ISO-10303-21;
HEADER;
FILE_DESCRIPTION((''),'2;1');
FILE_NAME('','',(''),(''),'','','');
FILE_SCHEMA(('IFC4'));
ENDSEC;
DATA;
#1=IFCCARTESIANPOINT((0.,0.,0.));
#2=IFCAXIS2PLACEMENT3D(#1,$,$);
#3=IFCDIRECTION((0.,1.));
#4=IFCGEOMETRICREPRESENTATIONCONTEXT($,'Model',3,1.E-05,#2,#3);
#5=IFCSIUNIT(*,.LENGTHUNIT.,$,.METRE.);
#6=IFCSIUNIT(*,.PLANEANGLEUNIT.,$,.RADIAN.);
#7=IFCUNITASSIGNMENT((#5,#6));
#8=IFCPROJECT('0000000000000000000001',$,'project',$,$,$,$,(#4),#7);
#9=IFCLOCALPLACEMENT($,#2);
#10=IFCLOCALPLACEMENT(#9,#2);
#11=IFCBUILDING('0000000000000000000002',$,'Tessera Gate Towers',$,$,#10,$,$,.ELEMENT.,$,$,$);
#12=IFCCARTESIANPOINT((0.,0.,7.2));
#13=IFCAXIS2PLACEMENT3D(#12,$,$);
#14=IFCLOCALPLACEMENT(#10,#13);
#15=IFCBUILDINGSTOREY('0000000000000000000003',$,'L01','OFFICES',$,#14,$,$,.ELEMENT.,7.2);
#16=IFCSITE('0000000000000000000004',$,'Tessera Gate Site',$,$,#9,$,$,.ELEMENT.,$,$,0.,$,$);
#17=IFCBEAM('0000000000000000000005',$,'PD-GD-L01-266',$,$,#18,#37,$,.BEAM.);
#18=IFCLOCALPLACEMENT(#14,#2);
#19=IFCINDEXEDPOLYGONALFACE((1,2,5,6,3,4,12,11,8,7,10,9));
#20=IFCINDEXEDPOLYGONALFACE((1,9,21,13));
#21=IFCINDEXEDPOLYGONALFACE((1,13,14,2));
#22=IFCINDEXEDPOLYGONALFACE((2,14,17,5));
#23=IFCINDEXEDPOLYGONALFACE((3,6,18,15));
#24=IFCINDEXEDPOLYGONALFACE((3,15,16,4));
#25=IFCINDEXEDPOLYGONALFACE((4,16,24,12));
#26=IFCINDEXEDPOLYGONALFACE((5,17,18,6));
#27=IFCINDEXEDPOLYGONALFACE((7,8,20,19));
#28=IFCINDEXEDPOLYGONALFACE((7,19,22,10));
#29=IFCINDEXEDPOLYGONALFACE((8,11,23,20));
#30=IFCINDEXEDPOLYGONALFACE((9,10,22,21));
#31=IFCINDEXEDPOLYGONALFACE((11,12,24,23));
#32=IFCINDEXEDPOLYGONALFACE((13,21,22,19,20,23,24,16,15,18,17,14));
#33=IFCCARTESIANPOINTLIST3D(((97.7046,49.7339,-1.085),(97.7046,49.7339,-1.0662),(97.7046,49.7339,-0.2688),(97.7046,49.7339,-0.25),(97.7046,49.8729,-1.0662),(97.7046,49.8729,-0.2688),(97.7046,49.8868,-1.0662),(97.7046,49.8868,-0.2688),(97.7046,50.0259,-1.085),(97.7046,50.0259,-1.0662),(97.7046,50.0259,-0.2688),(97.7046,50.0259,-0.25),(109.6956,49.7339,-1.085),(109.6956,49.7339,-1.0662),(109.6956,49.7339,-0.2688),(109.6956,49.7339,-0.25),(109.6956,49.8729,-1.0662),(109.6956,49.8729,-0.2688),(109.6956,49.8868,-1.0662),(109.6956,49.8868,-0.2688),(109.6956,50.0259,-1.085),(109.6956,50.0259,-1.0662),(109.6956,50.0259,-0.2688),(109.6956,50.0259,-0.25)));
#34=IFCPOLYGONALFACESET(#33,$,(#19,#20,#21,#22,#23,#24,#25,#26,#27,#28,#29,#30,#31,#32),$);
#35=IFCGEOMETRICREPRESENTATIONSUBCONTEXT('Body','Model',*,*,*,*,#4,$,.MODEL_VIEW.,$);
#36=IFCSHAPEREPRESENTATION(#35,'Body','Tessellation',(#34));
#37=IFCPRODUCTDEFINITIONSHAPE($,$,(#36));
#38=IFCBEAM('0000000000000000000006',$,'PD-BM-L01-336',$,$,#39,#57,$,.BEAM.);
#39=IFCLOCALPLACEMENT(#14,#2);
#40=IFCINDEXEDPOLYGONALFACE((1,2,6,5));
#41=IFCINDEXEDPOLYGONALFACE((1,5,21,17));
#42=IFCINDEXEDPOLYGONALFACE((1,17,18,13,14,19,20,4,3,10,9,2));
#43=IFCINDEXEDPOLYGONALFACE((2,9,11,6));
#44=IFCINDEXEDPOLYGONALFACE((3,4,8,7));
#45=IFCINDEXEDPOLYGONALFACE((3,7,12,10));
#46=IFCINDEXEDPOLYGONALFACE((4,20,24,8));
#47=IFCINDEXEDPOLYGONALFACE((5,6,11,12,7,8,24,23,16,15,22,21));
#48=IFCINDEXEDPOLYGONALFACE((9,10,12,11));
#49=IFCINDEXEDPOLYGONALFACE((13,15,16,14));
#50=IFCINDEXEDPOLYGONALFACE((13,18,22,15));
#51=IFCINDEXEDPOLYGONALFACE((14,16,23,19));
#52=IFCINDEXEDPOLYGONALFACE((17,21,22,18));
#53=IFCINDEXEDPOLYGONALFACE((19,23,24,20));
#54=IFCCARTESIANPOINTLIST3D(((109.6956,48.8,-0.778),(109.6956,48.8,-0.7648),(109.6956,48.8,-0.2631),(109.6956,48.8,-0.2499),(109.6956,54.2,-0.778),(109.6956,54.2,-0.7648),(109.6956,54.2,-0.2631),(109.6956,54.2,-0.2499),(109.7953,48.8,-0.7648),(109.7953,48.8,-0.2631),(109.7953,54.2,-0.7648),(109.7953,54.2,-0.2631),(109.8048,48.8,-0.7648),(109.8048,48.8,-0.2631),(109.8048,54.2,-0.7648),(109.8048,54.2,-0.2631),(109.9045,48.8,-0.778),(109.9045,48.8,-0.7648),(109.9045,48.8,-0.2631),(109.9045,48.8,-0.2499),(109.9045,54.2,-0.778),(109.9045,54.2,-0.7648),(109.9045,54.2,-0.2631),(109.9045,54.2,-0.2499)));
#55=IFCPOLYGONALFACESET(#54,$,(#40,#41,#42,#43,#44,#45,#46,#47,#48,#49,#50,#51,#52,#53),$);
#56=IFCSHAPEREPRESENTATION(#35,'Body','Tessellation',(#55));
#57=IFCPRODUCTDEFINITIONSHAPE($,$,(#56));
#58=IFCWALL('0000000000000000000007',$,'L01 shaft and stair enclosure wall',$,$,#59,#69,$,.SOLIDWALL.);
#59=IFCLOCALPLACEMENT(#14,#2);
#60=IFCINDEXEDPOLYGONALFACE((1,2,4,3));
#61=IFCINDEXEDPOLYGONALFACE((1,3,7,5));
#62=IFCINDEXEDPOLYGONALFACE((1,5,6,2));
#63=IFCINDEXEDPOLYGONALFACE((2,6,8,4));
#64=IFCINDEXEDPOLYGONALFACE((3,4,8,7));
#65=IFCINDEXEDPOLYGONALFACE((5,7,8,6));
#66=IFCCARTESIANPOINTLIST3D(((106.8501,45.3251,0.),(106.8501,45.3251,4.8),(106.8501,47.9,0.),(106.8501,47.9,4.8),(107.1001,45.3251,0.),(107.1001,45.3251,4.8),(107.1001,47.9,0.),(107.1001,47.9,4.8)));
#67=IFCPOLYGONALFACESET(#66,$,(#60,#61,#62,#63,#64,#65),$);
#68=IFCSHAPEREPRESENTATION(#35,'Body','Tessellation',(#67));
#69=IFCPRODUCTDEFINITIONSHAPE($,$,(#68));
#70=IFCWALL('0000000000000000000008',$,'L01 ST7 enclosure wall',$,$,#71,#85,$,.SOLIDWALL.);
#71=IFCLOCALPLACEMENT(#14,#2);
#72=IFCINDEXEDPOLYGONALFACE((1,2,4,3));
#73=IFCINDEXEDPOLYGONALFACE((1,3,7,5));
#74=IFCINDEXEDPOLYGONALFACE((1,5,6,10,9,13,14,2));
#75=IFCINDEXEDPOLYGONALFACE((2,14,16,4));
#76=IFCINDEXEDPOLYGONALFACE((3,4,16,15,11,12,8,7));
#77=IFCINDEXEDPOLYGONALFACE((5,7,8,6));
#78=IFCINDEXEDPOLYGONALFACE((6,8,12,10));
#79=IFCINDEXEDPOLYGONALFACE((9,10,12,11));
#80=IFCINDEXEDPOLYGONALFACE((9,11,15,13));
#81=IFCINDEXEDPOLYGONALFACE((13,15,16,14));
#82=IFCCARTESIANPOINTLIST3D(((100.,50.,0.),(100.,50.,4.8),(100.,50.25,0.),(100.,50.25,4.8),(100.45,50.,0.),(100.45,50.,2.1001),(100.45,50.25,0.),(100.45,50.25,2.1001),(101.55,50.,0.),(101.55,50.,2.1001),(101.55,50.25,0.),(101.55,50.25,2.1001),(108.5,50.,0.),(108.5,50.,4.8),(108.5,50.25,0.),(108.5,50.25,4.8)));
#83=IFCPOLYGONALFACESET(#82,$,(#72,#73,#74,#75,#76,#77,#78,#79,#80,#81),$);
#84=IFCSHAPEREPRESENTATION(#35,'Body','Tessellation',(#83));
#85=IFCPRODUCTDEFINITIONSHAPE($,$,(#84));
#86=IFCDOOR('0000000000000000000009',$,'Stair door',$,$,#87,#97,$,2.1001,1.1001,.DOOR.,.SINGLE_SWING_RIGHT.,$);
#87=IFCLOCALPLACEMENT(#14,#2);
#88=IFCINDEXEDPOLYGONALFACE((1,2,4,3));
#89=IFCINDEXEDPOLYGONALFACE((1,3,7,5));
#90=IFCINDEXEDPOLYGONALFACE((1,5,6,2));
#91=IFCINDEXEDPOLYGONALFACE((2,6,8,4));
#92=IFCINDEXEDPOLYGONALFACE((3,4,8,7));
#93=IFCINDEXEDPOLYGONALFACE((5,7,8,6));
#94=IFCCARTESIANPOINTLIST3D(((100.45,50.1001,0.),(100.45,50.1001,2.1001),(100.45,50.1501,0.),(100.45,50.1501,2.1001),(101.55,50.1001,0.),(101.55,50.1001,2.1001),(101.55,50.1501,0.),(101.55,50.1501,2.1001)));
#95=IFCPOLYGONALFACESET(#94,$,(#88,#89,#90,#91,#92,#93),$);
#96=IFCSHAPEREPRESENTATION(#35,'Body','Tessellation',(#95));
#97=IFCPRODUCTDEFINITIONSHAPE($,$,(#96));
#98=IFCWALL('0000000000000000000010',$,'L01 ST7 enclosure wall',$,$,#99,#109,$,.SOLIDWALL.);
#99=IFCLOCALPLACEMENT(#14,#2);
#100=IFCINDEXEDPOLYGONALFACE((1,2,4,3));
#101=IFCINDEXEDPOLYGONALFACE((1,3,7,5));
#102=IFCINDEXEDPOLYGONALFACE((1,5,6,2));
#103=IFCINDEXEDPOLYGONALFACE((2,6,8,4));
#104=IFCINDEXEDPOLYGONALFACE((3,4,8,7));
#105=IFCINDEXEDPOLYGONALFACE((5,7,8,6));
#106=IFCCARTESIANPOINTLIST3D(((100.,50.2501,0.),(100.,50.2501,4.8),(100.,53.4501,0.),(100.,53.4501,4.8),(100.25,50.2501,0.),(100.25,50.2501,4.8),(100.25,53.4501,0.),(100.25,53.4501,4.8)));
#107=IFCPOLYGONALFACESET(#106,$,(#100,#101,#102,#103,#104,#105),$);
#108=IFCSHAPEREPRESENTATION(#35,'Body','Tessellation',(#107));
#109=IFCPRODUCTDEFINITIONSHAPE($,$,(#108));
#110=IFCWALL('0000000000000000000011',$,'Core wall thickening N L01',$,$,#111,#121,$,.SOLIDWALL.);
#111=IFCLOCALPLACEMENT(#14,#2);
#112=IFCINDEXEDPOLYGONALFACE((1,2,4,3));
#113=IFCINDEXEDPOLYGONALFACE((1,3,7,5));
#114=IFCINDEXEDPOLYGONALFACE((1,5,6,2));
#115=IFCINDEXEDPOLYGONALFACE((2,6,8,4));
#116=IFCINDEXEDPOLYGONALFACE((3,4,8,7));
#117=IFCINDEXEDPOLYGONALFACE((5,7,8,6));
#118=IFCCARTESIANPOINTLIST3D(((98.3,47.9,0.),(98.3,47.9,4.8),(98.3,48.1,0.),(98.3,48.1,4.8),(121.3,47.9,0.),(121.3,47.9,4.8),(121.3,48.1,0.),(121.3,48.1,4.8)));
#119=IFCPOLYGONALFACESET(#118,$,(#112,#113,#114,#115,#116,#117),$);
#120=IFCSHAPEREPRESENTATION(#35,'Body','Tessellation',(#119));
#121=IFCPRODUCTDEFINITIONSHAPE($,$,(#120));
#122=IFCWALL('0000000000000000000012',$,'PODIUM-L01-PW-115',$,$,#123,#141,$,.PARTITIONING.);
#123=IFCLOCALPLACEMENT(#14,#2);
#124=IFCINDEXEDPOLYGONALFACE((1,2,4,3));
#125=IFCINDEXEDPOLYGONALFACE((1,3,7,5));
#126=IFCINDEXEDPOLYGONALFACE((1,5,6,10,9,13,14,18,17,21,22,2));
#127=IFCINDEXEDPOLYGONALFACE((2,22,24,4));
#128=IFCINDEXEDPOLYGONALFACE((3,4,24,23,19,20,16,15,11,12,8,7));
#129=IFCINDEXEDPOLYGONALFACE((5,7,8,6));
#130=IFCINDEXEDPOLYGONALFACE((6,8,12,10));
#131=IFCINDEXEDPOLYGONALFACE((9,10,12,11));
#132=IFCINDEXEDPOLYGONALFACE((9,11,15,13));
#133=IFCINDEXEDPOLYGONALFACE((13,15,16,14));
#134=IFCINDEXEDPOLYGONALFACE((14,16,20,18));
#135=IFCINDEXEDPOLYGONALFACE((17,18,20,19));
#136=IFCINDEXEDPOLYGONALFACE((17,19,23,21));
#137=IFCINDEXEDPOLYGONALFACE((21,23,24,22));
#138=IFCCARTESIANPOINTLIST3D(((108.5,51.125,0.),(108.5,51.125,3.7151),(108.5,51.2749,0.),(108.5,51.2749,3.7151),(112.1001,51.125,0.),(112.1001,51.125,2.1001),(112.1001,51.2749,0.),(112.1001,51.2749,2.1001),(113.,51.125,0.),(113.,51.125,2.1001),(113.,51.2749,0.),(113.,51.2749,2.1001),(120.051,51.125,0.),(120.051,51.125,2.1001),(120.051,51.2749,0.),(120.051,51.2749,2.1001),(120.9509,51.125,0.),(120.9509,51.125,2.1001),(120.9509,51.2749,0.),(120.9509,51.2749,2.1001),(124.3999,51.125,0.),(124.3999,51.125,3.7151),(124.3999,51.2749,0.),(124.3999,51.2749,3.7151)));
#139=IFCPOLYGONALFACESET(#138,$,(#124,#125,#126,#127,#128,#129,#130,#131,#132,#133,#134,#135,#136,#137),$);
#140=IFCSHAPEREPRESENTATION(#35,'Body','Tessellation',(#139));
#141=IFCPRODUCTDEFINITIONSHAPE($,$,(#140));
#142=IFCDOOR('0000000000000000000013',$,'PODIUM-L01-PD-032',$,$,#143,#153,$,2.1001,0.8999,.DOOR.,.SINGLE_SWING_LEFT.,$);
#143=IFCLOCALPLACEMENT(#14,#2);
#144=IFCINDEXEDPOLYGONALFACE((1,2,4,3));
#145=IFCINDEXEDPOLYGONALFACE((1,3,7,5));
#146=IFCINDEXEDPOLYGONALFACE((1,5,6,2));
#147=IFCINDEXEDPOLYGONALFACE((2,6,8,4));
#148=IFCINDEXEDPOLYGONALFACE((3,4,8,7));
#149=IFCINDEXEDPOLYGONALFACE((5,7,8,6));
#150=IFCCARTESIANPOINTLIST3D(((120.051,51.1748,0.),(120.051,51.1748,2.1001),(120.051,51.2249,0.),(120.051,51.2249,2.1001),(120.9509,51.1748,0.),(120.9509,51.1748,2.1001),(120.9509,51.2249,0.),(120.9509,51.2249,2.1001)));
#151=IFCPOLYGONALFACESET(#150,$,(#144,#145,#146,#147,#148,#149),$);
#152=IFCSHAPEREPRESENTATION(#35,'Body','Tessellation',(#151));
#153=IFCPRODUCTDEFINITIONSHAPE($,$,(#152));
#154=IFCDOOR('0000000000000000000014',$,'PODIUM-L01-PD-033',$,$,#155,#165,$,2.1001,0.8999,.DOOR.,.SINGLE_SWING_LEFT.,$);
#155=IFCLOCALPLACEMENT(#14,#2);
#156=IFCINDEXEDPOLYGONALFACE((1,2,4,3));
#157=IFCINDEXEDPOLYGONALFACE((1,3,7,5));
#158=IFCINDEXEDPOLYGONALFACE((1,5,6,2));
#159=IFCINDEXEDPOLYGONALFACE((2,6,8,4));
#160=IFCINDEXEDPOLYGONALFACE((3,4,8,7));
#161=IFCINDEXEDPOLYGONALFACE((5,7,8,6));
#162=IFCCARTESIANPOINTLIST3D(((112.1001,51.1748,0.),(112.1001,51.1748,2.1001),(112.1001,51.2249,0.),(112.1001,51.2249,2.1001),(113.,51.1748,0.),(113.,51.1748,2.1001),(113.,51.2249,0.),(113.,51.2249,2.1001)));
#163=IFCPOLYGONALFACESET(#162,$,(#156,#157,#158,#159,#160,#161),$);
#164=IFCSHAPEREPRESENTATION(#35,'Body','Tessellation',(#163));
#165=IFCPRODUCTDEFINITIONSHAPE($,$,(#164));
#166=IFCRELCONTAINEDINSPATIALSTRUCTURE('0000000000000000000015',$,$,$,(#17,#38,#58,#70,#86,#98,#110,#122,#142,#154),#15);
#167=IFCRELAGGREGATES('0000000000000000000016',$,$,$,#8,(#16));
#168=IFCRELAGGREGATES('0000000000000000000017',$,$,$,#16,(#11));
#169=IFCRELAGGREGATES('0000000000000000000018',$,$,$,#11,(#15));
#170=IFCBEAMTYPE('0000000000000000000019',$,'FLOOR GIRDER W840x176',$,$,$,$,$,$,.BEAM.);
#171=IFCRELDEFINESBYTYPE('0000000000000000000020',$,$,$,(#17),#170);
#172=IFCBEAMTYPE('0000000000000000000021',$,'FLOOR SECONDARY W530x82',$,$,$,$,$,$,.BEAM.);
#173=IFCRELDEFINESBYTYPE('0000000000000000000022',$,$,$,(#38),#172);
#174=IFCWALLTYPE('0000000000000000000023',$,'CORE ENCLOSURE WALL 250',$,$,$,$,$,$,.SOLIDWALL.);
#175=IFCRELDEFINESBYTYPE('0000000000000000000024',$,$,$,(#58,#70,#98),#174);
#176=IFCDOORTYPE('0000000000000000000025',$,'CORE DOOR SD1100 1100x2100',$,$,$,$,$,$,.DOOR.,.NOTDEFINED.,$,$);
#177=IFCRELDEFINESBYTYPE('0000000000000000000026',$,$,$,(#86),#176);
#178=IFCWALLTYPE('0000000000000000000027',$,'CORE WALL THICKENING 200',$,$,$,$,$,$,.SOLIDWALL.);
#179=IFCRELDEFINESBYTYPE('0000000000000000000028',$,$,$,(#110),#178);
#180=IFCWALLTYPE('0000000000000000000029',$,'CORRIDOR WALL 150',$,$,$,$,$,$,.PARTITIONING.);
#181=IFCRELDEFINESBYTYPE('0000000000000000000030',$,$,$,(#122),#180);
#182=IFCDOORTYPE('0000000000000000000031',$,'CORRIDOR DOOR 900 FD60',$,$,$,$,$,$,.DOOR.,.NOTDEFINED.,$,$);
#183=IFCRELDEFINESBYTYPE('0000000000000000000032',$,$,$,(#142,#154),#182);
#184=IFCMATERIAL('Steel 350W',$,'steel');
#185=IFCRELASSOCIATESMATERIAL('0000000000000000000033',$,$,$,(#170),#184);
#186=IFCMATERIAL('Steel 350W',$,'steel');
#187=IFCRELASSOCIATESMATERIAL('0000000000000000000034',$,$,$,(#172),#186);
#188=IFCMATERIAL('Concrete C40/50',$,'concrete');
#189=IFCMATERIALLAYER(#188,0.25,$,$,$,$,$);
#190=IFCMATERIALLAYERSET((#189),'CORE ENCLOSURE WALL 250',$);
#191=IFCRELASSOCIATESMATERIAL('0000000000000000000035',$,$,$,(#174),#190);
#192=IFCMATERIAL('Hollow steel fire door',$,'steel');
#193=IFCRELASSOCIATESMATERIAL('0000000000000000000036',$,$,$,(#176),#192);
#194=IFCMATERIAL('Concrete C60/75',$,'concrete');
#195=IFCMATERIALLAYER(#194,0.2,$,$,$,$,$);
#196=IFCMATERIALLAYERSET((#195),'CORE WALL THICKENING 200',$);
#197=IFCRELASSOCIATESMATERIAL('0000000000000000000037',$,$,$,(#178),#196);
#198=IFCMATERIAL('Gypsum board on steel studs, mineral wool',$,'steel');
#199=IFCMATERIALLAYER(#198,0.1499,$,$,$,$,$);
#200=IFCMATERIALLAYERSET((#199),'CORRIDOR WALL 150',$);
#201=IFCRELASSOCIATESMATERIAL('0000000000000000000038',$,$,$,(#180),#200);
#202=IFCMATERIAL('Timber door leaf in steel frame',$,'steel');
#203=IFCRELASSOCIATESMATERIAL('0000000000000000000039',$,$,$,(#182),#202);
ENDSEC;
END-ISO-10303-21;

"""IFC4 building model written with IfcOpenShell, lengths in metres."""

from ifc_helpers import new_model, si_unit, direction, frame, frame_2d, origin, origin_2d, place, context, subcontext, project, spatial, rectangle, i_section, extrude, source, transform, mapped, material, layer, layer_set, material_profile, profile_set, type_object, element, fill, save


model = new_model("IFC4")

# Units and contexts
model_context = context("Model", 3, precision=1e-05, world=origin(), true_north=direction((0.0, 1.0)))
body_context = subcontext(model_context, "Body", "Model", "MODEL_VIEW")
ifc_project = project(units=[si_unit("LENGTHUNIT", "METRE"), si_unit("PLANEANGLEUNIT", "RADIAN")], contexts=[model_context])

# Site, building, storey
site_placement = place(None, origin())
site = spatial("IfcSite", under=ifc_project, at=site_placement, Name="Tessera Gate Site", CompositionType="ELEMENT", RefElevation=0.0)
building_placement = place(site_placement, origin())
building = spatial("IfcBuilding", under=site, at=building_placement, Name="Tessera Gate Towers", CompositionType="ELEMENT")
storey_placement = place(building_placement, frame((0.0, 0.0, 7.2)))
storey = spatial("IfcBuildingStorey", under=building, at=storey_placement, Name="L01", Description="OFFICES", CompositionType="ELEMENT", Elevation=7.2)

# Beams
ifc_material_1 = material(Name="Steel 350W", Category="steel")
ifc_material_profile_1 = material_profile(ifc_material_1, i_section(OverallWidth=0.292, OverallDepth=0.835, WebThickness=0.0139, FlangeThickness=0.0188, at=origin_2d()), Name="W840x176")
ifc_profile_set_1 = profile_set([ifc_material_profile_1], Name="Steel 350W")
beam_type_1 = type_object("IfcBeamType", Name="FLOOR GIRDER W840x176", PredefinedType="BEAM", material=ifc_profile_set_1)
beam_1_placement = place(storey_placement, frame((97.7046, 49.8799, -0.6675), z_axis=(1.0, 0.0, 0.0), x_axis=(0.0, 1.0, 0.0)))
element("IfcBeam", 1, at=beam_1_placement, inside=storey, type_object=beam_type_1, Name="PD-GD-L01-266", PredefinedType="BEAM", context=body_context, shape_type="SweptSolid", body=[
    extrude(i_section(OverallWidth=0.292, OverallDepth=0.835, WebThickness=0.0139, FlangeThickness=0.0188, at=origin_2d()), origin(), (0.0, 0.0, 1.0), 11.991),
])
ifc_material_2 = material(Name="Steel 350W", Category="steel")
ifc_material_profile_2 = material_profile(ifc_material_2, i_section(OverallWidth=0.209, OverallDepth=0.5281, WebThickness=0.0095, FlangeThickness=0.0132, at=origin_2d()), Name="W530x82")
ifc_profile_set_2 = profile_set([ifc_material_profile_2], Name="Steel 350W")
beam_type_2 = type_object("IfcBeamType", Name="FLOOR SECONDARY W530x82", PredefinedType="BEAM", material=ifc_profile_set_2)
beam_2_placement = place(storey_placement, frame((109.8, 48.8, -0.5139), z_axis=(0.0, 1.0, 0.0), x_axis=(-1.0, 0.0, 0.0)))
element("IfcBeam", 2, at=beam_2_placement, inside=storey, type_object=beam_type_2, Name="PD-BM-L01-336", PredefinedType="BEAM", context=body_context, shape_type="SweptSolid", body=[
    extrude(i_section(OverallWidth=0.209, OverallDepth=0.5281, WebThickness=0.0095, FlangeThickness=0.0132, at=origin_2d()), origin(), (0.0, 0.0, 1.0), 5.3999),
])

# Wall
ifc_material_3 = material(Name="Concrete C40/50", Category="concrete")
ifc_layer_1 = layer(ifc_material_3, 0.25)
ifc_layer_set_1 = layer_set([ifc_layer_1], Name="CORE ENCLOSURE WALL 250")
wall_type_1 = type_object("IfcWallType", Name="CORE ENCLOSURE WALL 250", PredefinedType="SOLIDWALL", material=ifc_layer_set_1)
wall_1_placement = place(storey_placement, frame((106.9751, 45.325, 0.0), z_axis=(0.0, 0.0, 1.0), x_axis=(0.0, 1.0, 0.0)))
element("IfcWall", 3, at=wall_1_placement, inside=storey, type_object=wall_type_1, Name="L01 shaft and stair enclosure wall", PredefinedType="SOLIDWALL", context=body_context, shape_type="SweptSolid", body=[
    extrude(rectangle(XDim=2.575, YDim=0.25, at=frame_2d((1.2876, 0.0))), origin(), (0.0, 0.0, 1.0), 4.8),
])

# Wall, opening, door
wall_2_placement = place(storey_placement, frame((108.5, 50.125, 0.0), z_axis=(0.0, 0.0, 1.0), x_axis=(-1.0, 0.0, 0.0)))
wall_2 = element("IfcWall", 4, at=wall_2_placement, inside=storey, type_object=wall_type_1, Name="L01 ST7 enclosure wall", PredefinedType="SOLIDWALL", context=body_context, shape_type="SweptSolid", body=[
    extrude(rectangle(XDim=8.5, YDim=0.25, at=frame_2d((4.25, 0.0))), origin(), (0.0, 0.0, 1.0), 4.8),
])
shared_shape_1 = source(origin(), body_context, "Body", "SweptSolid", [
    extrude(rectangle(XDim=1.1001, YDim=2.1001, at=frame_2d((0.55, 1.05))), frame((0.0, 0.135, 0.0), z_axis=(0.0, -1.0, 0.0), x_axis=(1.0, 0.0, 0.0)), (0.0, 0.0, 1.0), 0.27),
])
opening_1_placement = place(wall_2_placement, frame((6.95, 0.0, 0.0)))
opening_1 = element("IfcOpeningElement", 5, at=opening_1_placement, cuts=wall_2, PredefinedType="OPENING", context=body_context, shape_type="MappedRepresentation", body=[
    mapped(shared_shape_1, transform((0.0, 0.0, 0.0), scale=1.0)),
])
ifc_material_4 = material(Name="Hollow steel fire door", Category="steel")
door_type_1 = type_object("IfcDoorType", Name="CORE DOOR SD1100 1100x2100", OperationType="NOTDEFINED", PredefinedType="DOOR", material=ifc_material_4)
shared_shape_2 = source(origin(), body_context, "Body", "SweptSolid", [
    extrude(rectangle(XDim=1.1001, YDim=2.1001, at=frame_2d((0.55, 1.05))), frame((0.0, 0.0249, 0.0), z_axis=(0.0, -1.0, 0.0), x_axis=(1.0, 0.0, 0.0)), (0.0, 0.0, 1.0), 0.05),
])
door_1_placement = place(opening_1_placement, origin())
door_1 = element("IfcDoor", 6, at=door_1_placement, inside=storey, type_object=door_type_1, Name="Stair door", OperationType="SINGLE_SWING_RIGHT", OverallHeight=2.1001, OverallWidth=1.1001, PredefinedType="DOOR", context=body_context, shape_type="MappedRepresentation", body=[
    mapped(shared_shape_2, transform((0.0, 0.0, 0.0), scale=1.0)),
])
fill(opening_1, door_1)

# Walls
wall_3_placement = place(storey_placement, frame((100.125, 50.25, 0.0), z_axis=(0.0, 0.0, 1.0), x_axis=(0.0, 1.0, 0.0)))
element("IfcWall", 7, at=wall_3_placement, inside=storey, type_object=wall_type_1, Name="L01 ST7 enclosure wall", PredefinedType="SOLIDWALL", context=body_context, shape_type="SweptSolid", body=[
    extrude(rectangle(XDim=3.2, YDim=0.25, at=frame_2d((1.6001, 0.0))), origin(), (0.0, 0.0, 1.0), 4.8),
])
ifc_material_5 = material(Name="Concrete C60/75", Category="concrete")
ifc_layer_2 = layer(ifc_material_5, 0.2)
ifc_layer_set_2 = layer_set([ifc_layer_2], Name="CORE WALL THICKENING 200")
wall_type_2 = type_object("IfcWallType", Name="CORE WALL THICKENING 200", PredefinedType="SOLIDWALL", material=ifc_layer_set_2)
wall_4_placement = place(storey_placement, frame((98.3, 48.0, 0.0), z_axis=(0.0, 0.0, 1.0), x_axis=(1.0, 0.0, 0.0)))
element("IfcWall", 8, at=wall_4_placement, inside=storey, type_object=wall_type_2, Name="Core wall thickening N L01", PredefinedType="SOLIDWALL", context=body_context, shape_type="SweptSolid", body=[
    extrude(rectangle(XDim=23.0, YDim=0.2, at=frame_2d((11.5, 0.0))), origin(), (0.0, 0.0, 1.0), 4.8),
])

# Wall, openings, doors
ifc_material_6 = material(Name="Gypsum board on steel studs, mineral wool", Category="steel")
ifc_layer_3 = layer(ifc_material_6, 0.1499)
ifc_layer_set_3 = layer_set([ifc_layer_3], Name="CORRIDOR WALL 150")
wall_type_3 = type_object("IfcWallType", Name="CORRIDOR WALL 150", PredefinedType="PARTITIONING", material=ifc_layer_set_3)
wall_5_placement = place(storey_placement, frame((108.5, 51.2, 0.0), z_axis=(0.0, 0.0, 1.0), x_axis=(1.0, 0.0, 0.0)))
wall_5 = element("IfcWall", 9, at=wall_5_placement, inside=storey, type_object=wall_type_3, Name="PODIUM-L01-PW-115", PredefinedType="PARTITIONING", context=body_context, shape_type="SweptSolid", body=[
    extrude(rectangle(XDim=15.8999, YDim=0.1499, at=frame_2d((7.95, 0.0))), origin(), (0.0, 0.0, 1.0), 3.7151),
])
shared_shape_3 = source(origin(), body_context, "Body", "SweptSolid", [
    extrude(rectangle(XDim=0.8999, YDim=2.1001, at=frame_2d((0.45, 1.05))), frame((0.0, 0.085, 0.0), z_axis=(0.0, -1.0, 0.0), x_axis=(1.0, 0.0, 0.0)), (0.0, 0.0, 1.0), 0.1699),
])
opening_2_placement = place(wall_5_placement, frame((11.551, 0.0, 0.0)))
opening_2 = element("IfcOpeningElement", 10, at=opening_2_placement, cuts=wall_5, PredefinedType="OPENING", context=body_context, shape_type="MappedRepresentation", body=[
    mapped(shared_shape_3, transform((0.0, 0.0, 0.0), scale=1.0)),
])
opening_3_placement = place(wall_5_placement, frame((3.6001, 0.0, 0.0)))
opening_3 = element("IfcOpeningElement", 11, at=opening_3_placement, cuts=wall_5, PredefinedType="OPENING", context=body_context, shape_type="MappedRepresentation", body=[
    mapped(shared_shape_3, transform((0.0, 0.0, 0.0), scale=1.0)),
])
ifc_material_7 = material(Name="Timber door leaf in steel frame", Category="steel")
door_type_2 = type_object("IfcDoorType", Name="CORRIDOR DOOR 900 FD60", OperationType="NOTDEFINED", PredefinedType="DOOR", material=ifc_material_7)
shared_shape_4 = source(origin(), body_context, "Body", "SweptSolid", [
    extrude(rectangle(XDim=0.8999, YDim=2.1001, at=frame_2d((0.45, 1.05))), frame((0.0, 0.0249, 0.0), z_axis=(0.0, -1.0, 0.0), x_axis=(1.0, 0.0, 0.0)), (0.0, 0.0, 1.0), 0.05),
])
door_2_placement = place(opening_2_placement, origin())
door_2 = element("IfcDoor", 12, at=door_2_placement, inside=storey, type_object=door_type_2, Name="PODIUM-L01-PD-032", OperationType="SINGLE_SWING_LEFT", OverallHeight=2.1001, OverallWidth=0.8999, PredefinedType="DOOR", context=body_context, shape_type="MappedRepresentation", body=[
    mapped(shared_shape_4, transform((0.0, 0.0, 0.0), scale=1.0)),
])
fill(opening_2, door_2)
door_3_placement = place(opening_3_placement, origin())
door_3 = element("IfcDoor", 13, at=door_3_placement, inside=storey, type_object=door_type_2, Name="PODIUM-L01-PD-033", OperationType="SINGLE_SWING_LEFT", OverallHeight=2.1001, OverallWidth=0.8999, PredefinedType="DOOR", context=body_context, shape_type="MappedRepresentation", body=[
    mapped(shared_shape_4, transform((0.0, 0.0, 0.0), scale=1.0)),
])
fill(opening_3, door_3)

save(model, "model.ifc")
